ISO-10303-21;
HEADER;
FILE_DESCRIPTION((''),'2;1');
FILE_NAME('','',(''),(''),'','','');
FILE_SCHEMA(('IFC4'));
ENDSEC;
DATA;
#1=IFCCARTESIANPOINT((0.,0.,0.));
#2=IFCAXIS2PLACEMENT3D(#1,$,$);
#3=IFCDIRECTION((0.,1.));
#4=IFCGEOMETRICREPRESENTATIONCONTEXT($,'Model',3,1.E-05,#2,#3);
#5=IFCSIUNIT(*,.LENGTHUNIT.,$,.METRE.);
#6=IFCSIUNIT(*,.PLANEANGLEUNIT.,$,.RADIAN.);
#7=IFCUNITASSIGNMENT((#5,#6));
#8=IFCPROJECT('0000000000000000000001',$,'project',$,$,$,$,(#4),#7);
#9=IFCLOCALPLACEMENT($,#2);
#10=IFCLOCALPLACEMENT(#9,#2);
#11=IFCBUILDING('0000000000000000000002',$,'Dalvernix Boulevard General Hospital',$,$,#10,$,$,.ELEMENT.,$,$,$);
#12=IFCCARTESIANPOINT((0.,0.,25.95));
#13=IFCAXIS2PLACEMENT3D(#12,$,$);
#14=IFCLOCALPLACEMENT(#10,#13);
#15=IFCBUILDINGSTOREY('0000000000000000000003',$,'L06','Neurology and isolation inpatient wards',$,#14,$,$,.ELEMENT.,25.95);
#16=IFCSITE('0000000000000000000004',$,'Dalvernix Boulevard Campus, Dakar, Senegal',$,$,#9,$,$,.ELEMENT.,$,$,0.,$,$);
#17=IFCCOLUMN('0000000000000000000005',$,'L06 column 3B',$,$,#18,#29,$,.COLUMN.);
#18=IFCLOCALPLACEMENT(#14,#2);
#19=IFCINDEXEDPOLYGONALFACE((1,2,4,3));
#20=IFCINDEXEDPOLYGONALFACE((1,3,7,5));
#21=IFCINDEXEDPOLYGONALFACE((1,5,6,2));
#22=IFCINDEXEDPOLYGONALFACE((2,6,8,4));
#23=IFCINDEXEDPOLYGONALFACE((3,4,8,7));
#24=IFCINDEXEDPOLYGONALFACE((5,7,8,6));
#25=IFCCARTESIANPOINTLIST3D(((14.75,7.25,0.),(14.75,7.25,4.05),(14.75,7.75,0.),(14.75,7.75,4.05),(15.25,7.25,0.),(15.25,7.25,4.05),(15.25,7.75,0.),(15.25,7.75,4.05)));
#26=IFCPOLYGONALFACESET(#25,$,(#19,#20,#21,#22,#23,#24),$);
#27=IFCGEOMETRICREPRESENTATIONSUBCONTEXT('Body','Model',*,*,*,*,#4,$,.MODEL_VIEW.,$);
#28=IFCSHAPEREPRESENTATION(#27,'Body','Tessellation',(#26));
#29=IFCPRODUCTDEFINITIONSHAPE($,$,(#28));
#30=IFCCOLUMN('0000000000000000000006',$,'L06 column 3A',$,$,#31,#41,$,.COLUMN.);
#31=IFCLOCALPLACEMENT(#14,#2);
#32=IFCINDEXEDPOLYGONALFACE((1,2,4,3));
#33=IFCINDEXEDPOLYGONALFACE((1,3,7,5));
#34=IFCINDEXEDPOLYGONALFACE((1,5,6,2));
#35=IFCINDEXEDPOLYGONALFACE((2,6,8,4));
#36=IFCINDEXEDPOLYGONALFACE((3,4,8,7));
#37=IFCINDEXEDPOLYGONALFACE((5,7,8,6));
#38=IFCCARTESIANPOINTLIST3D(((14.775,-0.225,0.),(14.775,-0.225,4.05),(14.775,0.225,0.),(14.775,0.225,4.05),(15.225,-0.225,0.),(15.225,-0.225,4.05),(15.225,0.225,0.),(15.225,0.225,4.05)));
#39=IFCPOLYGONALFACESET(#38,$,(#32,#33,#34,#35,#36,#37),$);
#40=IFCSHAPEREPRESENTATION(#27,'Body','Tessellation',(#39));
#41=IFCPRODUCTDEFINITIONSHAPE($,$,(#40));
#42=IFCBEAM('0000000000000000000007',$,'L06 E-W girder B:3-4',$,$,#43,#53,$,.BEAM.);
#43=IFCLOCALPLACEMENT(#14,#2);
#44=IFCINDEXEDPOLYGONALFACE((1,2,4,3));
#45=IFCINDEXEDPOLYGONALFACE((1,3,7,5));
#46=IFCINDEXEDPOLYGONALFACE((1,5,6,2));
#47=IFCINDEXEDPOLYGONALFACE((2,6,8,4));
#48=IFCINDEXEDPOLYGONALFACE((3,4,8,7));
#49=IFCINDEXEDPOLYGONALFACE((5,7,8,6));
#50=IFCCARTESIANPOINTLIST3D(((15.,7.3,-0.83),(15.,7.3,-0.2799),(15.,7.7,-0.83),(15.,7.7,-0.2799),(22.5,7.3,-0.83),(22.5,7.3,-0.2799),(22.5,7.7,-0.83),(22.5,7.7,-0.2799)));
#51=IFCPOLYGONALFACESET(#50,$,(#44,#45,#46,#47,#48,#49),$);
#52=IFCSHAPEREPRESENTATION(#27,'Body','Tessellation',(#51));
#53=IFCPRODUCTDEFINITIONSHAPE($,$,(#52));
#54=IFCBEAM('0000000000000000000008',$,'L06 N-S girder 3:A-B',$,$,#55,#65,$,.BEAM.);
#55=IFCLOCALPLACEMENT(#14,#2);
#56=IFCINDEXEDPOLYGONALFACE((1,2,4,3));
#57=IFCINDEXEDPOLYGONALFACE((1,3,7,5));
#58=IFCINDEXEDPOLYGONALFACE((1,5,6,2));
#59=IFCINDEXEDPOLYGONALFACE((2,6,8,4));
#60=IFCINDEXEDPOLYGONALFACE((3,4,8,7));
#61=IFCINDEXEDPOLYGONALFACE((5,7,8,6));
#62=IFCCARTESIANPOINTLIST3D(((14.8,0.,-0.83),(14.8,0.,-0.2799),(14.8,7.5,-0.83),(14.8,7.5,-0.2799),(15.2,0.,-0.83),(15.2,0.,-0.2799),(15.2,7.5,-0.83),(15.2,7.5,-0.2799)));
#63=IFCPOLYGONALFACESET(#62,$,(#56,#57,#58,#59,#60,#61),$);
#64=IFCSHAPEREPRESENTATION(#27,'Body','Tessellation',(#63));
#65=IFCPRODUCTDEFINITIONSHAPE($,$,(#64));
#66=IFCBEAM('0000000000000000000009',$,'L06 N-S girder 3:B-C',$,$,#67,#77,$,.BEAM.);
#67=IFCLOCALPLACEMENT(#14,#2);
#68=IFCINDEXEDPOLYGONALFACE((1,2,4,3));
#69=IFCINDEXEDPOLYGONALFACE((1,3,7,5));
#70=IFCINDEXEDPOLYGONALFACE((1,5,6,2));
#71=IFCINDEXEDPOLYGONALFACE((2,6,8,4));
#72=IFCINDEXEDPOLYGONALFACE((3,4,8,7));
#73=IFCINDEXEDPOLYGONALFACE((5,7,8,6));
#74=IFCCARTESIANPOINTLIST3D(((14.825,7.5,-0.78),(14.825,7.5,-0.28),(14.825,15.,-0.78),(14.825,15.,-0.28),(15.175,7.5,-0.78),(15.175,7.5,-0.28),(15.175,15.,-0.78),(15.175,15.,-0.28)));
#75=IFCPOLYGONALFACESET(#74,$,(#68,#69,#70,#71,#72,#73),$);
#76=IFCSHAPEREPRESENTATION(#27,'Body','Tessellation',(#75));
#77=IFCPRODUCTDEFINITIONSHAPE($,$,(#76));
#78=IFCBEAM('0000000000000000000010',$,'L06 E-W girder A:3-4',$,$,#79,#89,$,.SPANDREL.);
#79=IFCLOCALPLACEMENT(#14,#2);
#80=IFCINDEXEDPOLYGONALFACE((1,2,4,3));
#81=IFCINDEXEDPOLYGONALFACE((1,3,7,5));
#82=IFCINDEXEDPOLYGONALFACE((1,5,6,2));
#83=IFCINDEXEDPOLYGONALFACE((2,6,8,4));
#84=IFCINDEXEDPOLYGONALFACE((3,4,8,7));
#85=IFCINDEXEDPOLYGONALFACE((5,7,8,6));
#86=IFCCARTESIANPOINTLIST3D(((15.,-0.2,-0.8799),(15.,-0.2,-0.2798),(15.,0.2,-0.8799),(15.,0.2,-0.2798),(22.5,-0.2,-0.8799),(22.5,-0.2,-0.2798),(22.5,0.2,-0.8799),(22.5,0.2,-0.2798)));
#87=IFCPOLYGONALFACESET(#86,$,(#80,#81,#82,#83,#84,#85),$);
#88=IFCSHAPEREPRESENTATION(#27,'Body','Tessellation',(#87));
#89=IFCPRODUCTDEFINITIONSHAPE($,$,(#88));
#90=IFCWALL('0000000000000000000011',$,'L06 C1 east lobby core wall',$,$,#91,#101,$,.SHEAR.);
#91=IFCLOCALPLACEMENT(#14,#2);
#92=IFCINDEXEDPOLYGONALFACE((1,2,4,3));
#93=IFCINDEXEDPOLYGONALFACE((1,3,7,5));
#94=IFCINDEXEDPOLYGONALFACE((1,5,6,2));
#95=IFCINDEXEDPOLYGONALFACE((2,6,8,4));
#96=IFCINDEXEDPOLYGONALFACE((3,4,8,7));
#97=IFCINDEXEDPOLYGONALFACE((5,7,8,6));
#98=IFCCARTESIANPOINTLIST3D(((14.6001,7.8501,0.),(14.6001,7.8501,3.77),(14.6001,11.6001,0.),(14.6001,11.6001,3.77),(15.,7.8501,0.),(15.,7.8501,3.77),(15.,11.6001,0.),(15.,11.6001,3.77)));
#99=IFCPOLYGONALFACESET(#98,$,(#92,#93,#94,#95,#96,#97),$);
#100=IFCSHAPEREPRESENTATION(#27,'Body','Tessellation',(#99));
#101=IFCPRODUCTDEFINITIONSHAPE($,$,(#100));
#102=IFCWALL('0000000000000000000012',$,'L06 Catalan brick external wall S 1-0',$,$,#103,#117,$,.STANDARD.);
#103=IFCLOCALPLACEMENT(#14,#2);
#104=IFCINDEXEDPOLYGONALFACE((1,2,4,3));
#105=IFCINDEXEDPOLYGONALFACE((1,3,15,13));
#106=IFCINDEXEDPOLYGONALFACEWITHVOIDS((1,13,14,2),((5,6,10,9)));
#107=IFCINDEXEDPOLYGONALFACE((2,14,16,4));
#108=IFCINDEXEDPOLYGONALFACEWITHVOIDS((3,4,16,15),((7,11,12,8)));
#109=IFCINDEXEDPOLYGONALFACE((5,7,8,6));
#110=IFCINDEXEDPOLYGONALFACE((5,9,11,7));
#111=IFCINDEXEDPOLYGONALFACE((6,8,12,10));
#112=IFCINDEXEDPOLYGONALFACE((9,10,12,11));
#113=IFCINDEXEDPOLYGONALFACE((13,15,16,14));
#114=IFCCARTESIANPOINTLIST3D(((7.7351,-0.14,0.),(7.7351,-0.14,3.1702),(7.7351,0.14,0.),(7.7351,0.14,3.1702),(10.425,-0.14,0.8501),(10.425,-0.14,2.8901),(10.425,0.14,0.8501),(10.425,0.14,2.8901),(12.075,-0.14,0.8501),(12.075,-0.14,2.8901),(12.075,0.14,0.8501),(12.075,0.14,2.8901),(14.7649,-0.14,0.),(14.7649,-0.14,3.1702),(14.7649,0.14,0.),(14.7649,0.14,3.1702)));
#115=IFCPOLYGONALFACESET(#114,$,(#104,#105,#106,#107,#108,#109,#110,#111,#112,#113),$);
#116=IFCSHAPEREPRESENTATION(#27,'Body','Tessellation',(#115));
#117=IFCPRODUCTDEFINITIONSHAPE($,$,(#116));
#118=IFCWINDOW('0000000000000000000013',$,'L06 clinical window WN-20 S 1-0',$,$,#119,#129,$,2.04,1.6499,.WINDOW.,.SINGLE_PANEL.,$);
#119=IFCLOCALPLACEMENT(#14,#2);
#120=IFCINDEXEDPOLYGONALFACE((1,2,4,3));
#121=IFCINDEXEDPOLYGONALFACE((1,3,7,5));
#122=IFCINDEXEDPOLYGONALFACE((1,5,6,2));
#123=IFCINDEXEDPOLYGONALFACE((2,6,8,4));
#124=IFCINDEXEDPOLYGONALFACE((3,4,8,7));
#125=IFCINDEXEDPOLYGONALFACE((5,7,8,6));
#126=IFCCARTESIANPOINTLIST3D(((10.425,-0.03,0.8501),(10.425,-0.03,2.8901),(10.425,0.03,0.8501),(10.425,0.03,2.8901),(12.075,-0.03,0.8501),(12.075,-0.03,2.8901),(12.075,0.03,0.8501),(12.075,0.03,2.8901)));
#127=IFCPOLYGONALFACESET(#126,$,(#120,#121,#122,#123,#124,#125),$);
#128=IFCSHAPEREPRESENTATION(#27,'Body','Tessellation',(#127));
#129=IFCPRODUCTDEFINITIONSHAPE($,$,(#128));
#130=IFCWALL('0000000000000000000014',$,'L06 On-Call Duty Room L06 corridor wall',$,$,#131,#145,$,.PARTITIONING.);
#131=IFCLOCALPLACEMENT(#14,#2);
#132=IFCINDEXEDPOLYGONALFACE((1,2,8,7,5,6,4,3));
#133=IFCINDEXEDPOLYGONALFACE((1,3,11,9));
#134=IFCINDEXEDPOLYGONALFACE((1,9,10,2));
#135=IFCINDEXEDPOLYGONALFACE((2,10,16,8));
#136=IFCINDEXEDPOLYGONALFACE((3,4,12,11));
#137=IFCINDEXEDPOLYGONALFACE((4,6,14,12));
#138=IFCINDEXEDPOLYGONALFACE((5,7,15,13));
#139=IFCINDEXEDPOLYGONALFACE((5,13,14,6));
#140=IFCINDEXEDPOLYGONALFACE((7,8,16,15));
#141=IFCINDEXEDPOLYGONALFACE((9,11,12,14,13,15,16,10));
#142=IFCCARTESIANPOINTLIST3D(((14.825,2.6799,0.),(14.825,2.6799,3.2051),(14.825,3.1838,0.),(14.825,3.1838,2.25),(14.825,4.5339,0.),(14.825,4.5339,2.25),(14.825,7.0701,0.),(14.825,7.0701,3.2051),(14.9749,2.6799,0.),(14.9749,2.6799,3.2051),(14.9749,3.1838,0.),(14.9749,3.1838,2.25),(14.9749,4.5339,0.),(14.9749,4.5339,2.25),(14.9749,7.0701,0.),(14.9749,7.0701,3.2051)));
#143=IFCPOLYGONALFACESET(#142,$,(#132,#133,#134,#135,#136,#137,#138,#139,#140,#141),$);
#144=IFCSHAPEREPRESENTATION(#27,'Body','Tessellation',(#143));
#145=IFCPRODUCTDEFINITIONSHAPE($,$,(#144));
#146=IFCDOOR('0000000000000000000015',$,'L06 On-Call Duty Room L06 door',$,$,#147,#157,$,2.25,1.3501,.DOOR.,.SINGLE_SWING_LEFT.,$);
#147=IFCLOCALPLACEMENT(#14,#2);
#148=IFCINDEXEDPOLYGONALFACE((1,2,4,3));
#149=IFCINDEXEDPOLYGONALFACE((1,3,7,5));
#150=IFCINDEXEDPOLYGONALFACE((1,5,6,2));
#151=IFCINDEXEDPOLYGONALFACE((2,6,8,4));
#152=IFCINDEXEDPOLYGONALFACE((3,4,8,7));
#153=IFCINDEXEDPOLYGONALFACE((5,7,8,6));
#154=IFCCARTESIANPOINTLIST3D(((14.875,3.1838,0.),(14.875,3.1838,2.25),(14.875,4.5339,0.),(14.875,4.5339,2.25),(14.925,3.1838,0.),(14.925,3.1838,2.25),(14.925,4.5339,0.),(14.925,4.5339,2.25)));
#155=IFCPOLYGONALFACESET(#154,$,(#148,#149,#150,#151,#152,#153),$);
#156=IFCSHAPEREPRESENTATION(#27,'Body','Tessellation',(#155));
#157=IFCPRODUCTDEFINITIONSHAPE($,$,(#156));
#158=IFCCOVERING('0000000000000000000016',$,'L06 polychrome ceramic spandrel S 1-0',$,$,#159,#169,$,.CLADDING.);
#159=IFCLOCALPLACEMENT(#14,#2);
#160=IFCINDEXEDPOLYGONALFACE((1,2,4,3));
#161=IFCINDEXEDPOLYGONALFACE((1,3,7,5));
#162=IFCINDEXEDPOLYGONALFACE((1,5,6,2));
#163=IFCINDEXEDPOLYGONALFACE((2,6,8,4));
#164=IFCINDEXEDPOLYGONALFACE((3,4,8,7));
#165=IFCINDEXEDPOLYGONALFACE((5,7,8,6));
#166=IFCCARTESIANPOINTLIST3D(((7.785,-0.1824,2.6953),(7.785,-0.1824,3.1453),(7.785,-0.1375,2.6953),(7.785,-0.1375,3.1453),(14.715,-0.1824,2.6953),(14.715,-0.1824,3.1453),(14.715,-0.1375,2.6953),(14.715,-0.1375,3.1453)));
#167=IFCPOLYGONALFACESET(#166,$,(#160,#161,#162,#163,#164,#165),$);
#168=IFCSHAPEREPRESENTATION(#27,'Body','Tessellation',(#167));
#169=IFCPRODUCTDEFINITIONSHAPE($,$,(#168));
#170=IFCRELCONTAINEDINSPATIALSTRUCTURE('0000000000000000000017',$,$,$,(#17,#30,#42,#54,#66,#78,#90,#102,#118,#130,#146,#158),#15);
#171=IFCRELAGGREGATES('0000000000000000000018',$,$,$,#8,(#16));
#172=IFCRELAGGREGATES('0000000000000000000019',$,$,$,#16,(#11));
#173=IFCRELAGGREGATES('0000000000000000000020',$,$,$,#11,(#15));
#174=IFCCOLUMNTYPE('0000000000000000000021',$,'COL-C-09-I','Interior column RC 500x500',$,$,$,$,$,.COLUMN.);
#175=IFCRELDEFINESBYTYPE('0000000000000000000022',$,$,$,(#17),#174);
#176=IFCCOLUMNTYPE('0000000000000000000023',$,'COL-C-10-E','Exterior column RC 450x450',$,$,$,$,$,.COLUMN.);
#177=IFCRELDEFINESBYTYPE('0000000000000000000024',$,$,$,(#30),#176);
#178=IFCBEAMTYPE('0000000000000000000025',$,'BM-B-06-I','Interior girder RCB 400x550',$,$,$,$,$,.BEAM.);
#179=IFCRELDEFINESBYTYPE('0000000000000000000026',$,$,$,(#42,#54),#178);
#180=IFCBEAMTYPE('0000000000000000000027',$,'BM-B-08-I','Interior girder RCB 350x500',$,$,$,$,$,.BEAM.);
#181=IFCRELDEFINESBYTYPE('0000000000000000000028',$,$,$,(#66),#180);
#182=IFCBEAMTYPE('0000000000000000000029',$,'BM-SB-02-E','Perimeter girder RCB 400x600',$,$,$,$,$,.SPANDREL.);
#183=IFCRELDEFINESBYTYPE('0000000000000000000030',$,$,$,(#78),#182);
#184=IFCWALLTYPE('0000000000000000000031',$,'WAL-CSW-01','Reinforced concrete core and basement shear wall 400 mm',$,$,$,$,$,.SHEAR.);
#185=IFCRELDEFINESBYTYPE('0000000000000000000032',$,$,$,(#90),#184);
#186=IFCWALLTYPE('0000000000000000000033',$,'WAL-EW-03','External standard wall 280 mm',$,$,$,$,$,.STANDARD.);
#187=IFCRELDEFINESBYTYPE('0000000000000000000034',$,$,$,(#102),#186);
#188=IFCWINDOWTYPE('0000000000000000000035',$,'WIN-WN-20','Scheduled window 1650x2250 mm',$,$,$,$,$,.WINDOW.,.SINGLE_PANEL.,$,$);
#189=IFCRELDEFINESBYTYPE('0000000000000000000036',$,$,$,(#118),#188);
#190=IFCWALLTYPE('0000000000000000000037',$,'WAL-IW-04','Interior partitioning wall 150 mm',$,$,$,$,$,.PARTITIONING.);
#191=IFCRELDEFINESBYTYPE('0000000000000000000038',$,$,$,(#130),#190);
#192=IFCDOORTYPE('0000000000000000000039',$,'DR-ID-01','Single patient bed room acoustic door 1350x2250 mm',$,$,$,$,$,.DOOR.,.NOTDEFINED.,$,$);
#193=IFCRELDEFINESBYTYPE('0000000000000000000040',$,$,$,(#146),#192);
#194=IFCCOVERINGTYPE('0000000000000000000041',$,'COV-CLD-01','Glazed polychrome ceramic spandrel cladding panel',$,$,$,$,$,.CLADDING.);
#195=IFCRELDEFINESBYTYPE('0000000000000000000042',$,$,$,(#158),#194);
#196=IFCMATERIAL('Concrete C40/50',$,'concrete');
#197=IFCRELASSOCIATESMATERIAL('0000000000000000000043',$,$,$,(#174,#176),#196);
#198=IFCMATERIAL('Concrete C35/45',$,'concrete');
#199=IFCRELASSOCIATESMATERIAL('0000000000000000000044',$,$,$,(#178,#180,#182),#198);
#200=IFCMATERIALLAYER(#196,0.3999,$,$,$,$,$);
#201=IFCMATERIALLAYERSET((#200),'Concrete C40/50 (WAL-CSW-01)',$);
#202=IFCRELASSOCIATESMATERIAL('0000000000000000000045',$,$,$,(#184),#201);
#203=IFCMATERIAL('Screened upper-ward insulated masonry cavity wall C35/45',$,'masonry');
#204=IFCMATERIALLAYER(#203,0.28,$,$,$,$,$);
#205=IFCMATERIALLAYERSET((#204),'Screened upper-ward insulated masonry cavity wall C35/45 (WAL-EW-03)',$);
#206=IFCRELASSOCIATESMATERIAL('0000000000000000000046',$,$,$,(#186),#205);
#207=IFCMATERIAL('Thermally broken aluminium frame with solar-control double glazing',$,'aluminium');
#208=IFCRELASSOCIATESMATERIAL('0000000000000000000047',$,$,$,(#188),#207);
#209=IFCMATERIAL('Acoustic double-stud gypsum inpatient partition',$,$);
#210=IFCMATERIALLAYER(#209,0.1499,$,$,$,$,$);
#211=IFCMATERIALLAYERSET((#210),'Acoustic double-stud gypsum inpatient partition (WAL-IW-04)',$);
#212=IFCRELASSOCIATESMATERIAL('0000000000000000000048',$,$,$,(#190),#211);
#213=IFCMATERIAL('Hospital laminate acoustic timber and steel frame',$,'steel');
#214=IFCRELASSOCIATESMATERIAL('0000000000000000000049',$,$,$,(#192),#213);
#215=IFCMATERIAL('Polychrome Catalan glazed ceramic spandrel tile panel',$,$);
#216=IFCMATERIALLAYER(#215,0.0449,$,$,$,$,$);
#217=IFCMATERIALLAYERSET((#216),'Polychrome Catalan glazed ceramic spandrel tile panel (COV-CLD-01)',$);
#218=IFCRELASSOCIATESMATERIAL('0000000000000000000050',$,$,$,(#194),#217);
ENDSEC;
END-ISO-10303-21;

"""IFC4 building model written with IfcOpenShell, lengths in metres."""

from ifc_helpers import new_model, si_unit, direction, frame, frame_2d, origin, origin_2d, place, context, subcontext, project, spatial, rectangle, extrude, material, layer, layer_set, material_profile, profile_set, type_object, element, fill, save


model = new_model("IFC4")

# Units and contexts
model_context = context("Model", 3, precision=1e-05, world=origin(), true_north=direction((0.0, 1.0)))
body_context = subcontext(model_context, "Body", "Model", "MODEL_VIEW")
ifc_project = project(units=[si_unit("LENGTHUNIT", "METRE"), si_unit("PLANEANGLEUNIT", "RADIAN")], contexts=[model_context])

# Site, building, storey
site_placement = place(None, origin())
site = spatial("IfcSite", under=ifc_project, at=site_placement, Name="Dalvernix Boulevard Campus, Dakar, Senegal", CompositionType="ELEMENT", RefElevation=0.0)
building_placement = place(site_placement, origin())
building = spatial("IfcBuilding", under=site, at=building_placement, Name="Dalvernix Boulevard General Hospital", CompositionType="ELEMENT")
storey_placement = place(building_placement, frame((0.0, 0.0, 25.95)))
storey = spatial("IfcBuildingStorey", under=building, at=storey_placement, Name="L06", Description="Neurology and isolation inpatient wards", CompositionType="ELEMENT", Elevation=25.95)

# Columns
ifc_material_1 = material(Name="Concrete C40/50", Category="concrete")
ifc_material_profile_1 = material_profile(ifc_material_1, rectangle(XDim=0.5, YDim=0.5, at=origin_2d()), Name="RC 500x500")
ifc_profile_set_1 = profile_set([ifc_material_profile_1], Name="Concrete C40/50")
column_type_1 = type_object("IfcColumnType", Name="COL-C-09-I", Description="Interior column RC 500x500", PredefinedType="COLUMN", material=ifc_profile_set_1)
column_1_placement = place(storey_placement, frame((15.0, 7.5, 0.0), z_axis=(0.0, 0.0, 1.0), x_axis=(1.0, 0.0, 0.0)))
element("IfcColumn", 1, at=column_1_placement, inside=storey, type_object=column_type_1, Name="L06 column 3B", PredefinedType="COLUMN", context=body_context, shape_type="SweptSolid", body=[
    extrude(rectangle(XDim=0.5, YDim=0.5, at=origin_2d()), origin(), (0.0, 0.0, 1.0), 4.05),
])
ifc_material_profile_2 = material_profile(ifc_material_1, rectangle(XDim=0.45, YDim=0.45, at=origin_2d()), Name="RC 450x450")
ifc_profile_set_2 = profile_set([ifc_material_profile_2], Name="Concrete C40/50")
column_type_2 = type_object("IfcColumnType", Name="COL-C-10-E", Description="Exterior column RC 450x450", PredefinedType="COLUMN", material=ifc_profile_set_2)
column_2_placement = place(storey_placement, frame((15.0, 0.0, 0.0), z_axis=(0.0, 0.0, 1.0), x_axis=(1.0, 0.0, 0.0)))
element("IfcColumn", 2, at=column_2_placement, inside=storey, type_object=column_type_2, Name="L06 column 3A", PredefinedType="COLUMN", context=body_context, shape_type="SweptSolid", body=[
    extrude(rectangle(XDim=0.45, YDim=0.45, at=origin_2d()), origin(), (0.0, 0.0, 1.0), 4.05),
])

# Beams
ifc_material_2 = material(Name="Concrete C35/45", Category="concrete")
ifc_material_profile_3 = material_profile(ifc_material_2, rectangle(XDim=0.3999, YDim=0.55, at=origin_2d()), Name="RCB 400x550")
ifc_profile_set_3 = profile_set([ifc_material_profile_3], Name="Concrete C35/45")
beam_type_1 = type_object("IfcBeamType", Name="BM-B-06-I", Description="Interior girder RCB 400x550", PredefinedType="BEAM", material=ifc_profile_set_3)
for number, where, z_axis, x_axis, name in (
    (3, (15.0, 7.5, -0.5549), (1.0, 0.0, 0.0), (0.0, 1.0, 0.0), "L06 E-W girder B:3-4"),
    (4, (15.0, 0.0, -0.5549), (0.0, 1.0, 0.0), (-1.0, 0.0, 0.0), "L06 N-S girder 3:A-B"),
):
    element("IfcBeam", number, at=place(storey_placement, frame(where, z_axis=z_axis, x_axis=x_axis)), inside=storey, type_object=beam_type_1, Name=name, PredefinedType="BEAM", context=body_context, shape_type="SweptSolid", body=[
        extrude(rectangle(XDim=0.3999, YDim=0.55, at=origin_2d()), origin(), (0.0, 0.0, 1.0), 7.5),
    ])
ifc_material_profile_4 = material_profile(ifc_material_2, rectangle(XDim=0.3501, YDim=0.5, at=origin_2d()), Name="RCB 350x500")
ifc_profile_set_4 = profile_set([ifc_material_profile_4], Name="Concrete C35/45")
beam_type_2 = type_object("IfcBeamType", Name="BM-B-08-I", Description="Interior girder RCB 350x500", PredefinedType="BEAM", material=ifc_profile_set_4)
beam_1_placement = place(storey_placement, frame((15.0, 7.5, -0.53), z_axis=(0.0, 1.0, 0.0), x_axis=(-1.0, 0.0, 0.0)))
element("IfcBeam", 5, at=beam_1_placement, inside=storey, type_object=beam_type_2, Name="L06 N-S girder 3:B-C", PredefinedType="BEAM", context=body_context, shape_type="SweptSolid", body=[
    extrude(rectangle(XDim=0.3501, YDim=0.5, at=origin_2d()), origin(), (0.0, 0.0, 1.0), 7.5),
])
ifc_material_profile_5 = material_profile(ifc_material_2, rectangle(XDim=0.3999, YDim=0.6001, at=origin_2d()), Name="RCB 400x600")
ifc_profile_set_5 = profile_set([ifc_material_profile_5], Name="Concrete C35/45")
beam_type_3 = type_object("IfcBeamType", Name="BM-SB-02-E", Description="Perimeter girder RCB 400x600", PredefinedType="SPANDREL", material=ifc_profile_set_5)
beam_2_placement = place(storey_placement, frame((15.0, 0.0, -0.5798), z_axis=(1.0, 0.0, 0.0), x_axis=(0.0, 1.0, 0.0)))
element("IfcBeam", 6, at=beam_2_placement, inside=storey, type_object=beam_type_3, Name="L06 E-W girder A:3-4", PredefinedType="SPANDREL", context=body_context, shape_type="SweptSolid", body=[
    extrude(rectangle(XDim=0.3999, YDim=0.6001, at=origin_2d()), origin(), (0.0, 0.0, 1.0), 7.5),
])

# Wall
ifc_layer_1 = layer(ifc_material_1, 0.3999)
ifc_layer_set_1 = layer_set([ifc_layer_1], Name="Concrete C40/50 (WAL-CSW-01)")
wall_type_1 = type_object("IfcWallType", Name="WAL-CSW-01", Description="Reinforced concrete core and basement shear wall 400 mm", PredefinedType="SHEAR", material=ifc_layer_set_1)
wall_1_placement = place(storey_placement, frame((14.8, 7.8501, 0.0), z_axis=(0.0, 0.0, 1.0), x_axis=(0.0, 1.0, 0.0)))
element("IfcWall", 7, at=wall_1_placement, inside=storey, type_object=wall_type_1, Name="L06 C1 east lobby core wall", PredefinedType="SHEAR", context=body_context, shape_type="SweptSolid", body=[
    extrude(rectangle(XDim=3.75, YDim=0.3999, at=frame_2d((1.875, 0.0))), origin(), (0.0, 0.0, 1.0), 3.77),
])

# Wall, opening, window
ifc_material_3 = material(Name="Screened upper-ward insulated masonry cavity wall C35/45", Category="masonry")
ifc_layer_2 = layer(ifc_material_3, 0.28)
ifc_layer_set_2 = layer_set([ifc_layer_2], Name="Screened upper-ward insulated masonry cavity wall C35/45 (WAL-EW-03)")
wall_type_2 = type_object("IfcWallType", Name="WAL-EW-03", Description="External standard wall 280 mm", PredefinedType="STANDARD", material=ifc_layer_set_2)
wall_2_placement = place(storey_placement, frame((14.7649, 0.0, 0.0), z_axis=(0.0, 0.0, 1.0), x_axis=(-1.0, 0.0, 0.0)))
wall_2 = element("IfcWall", 8, at=wall_2_placement, inside=storey, type_object=wall_type_2, Name="L06 Catalan brick external wall S 1-0", PredefinedType="STANDARD", context=body_context, shape_type="SweptSolid", body=[
    extrude(rectangle(XDim=7.0298, YDim=0.28, at=frame_2d((3.5149, 0.0))), origin(), (0.0, 0.0, 1.0), 3.1702),
])
opening_1_placement = place(wall_2_placement, frame((2.6899, 0.0, 0.8501)))
opening_1 = element("IfcOpeningElement", 9, at=opening_1_placement, cuts=wall_2, PredefinedType="OPENING", context=body_context, shape_type="SweptSolid", body=[
    extrude(rectangle(XDim=1.6499, YDim=2.04, at=frame_2d((0.825, 1.02))), frame((0.0, 0.1499, 0.0), z_axis=(0.0, -1.0, 0.0), x_axis=(1.0, 0.0, 0.0)), (0.0, 0.0, 1.0), 0.3),
])
ifc_material_4 = material(Name="Thermally broken aluminium frame with solar-control double glazing", Category="aluminium")
window_type = type_object("IfcWindowType", Name="WIN-WN-20", Description="Scheduled window 1650x2250 mm", PartitioningType="SINGLE_PANEL", PredefinedType="WINDOW", material=ifc_material_4)
window_placement = place(opening_1_placement, origin())
window = element("IfcWindow", 10, at=window_placement, inside=storey, type_object=window_type, Name="L06 clinical window WN-20 S 1-0", OverallHeight=2.04, OverallWidth=1.6499, PartitioningType="SINGLE_PANEL", PredefinedType="WINDOW", context=body_context, shape_type="SweptSolid", body=[
    extrude(rectangle(XDim=1.6499, YDim=2.04, at=frame_2d((0.825, 1.02))), frame((0.0, 0.03, 0.0), z_axis=(0.0, -1.0, 0.0), x_axis=(1.0, 0.0, 0.0)), (0.0, 0.0, 1.0), 0.0601),
])
fill(opening_1, window)

# Wall, opening, door
ifc_material_5 = material(Name="Acoustic double-stud gypsum inpatient partition")
ifc_layer_3 = layer(ifc_material_5, 0.1499)
ifc_layer_set_3 = layer_set([ifc_layer_3], Name="Acoustic double-stud gypsum inpatient partition (WAL-IW-04)")
wall_type_3 = type_object("IfcWallType", Name="WAL-IW-04", Description="Interior partitioning wall 150 mm", PredefinedType="PARTITIONING", material=ifc_layer_set_3)
wall_3_placement = place(storey_placement, frame((14.8999, 2.6799, 0.0), z_axis=(0.0, 0.0, 1.0), x_axis=(0.0, 1.0, 0.0)))
wall_3 = element("IfcWall", 11, at=wall_3_placement, inside=storey, type_object=wall_type_3, Name="L06 On-Call Duty Room L06 corridor wall", PredefinedType="PARTITIONING", context=body_context, shape_type="SweptSolid", body=[
    extrude(rectangle(XDim=4.3901, YDim=0.1499, at=frame_2d((2.1951, 0.0))), origin(), (0.0, 0.0, 1.0), 3.2051),
])
opening_2_placement = place(wall_3_placement, frame((0.5039, 0.0, 0.0)))
opening_2 = element("IfcOpeningElement", 12, at=opening_2_placement, cuts=wall_3, PredefinedType="OPENING", context=body_context, shape_type="SweptSolid", body=[
    extrude(rectangle(XDim=1.3501, YDim=2.25, at=frame_2d((0.675, 1.125))), frame((0.0, 0.085, 0.0), z_axis=(0.0, -1.0, 0.0), x_axis=(1.0, 0.0, 0.0)), (0.0, 0.0, 1.0), 0.1699),
])
ifc_material_6 = material(Name="Hospital laminate acoustic timber and steel frame", Category="steel")
door_type_1 = type_object("IfcDoorType", Name="DR-ID-01", Description="Single patient bed room acoustic door 1350x2250 mm", OperationType="NOTDEFINED", PredefinedType="DOOR", material=ifc_material_6)
door_1_placement = place(opening_2_placement, origin())
door_1 = element("IfcDoor", 13, at=door_1_placement, inside=storey, type_object=door_type_1, Name="L06 On-Call Duty Room L06 door", OperationType="SINGLE_SWING_LEFT", OverallHeight=2.25, OverallWidth=1.3501, PredefinedType="DOOR", context=body_context, shape_type="SweptSolid", body=[
    extrude(rectangle(XDim=1.3501, YDim=2.25, at=frame_2d((0.675, 1.125))), frame((0.0, 0.0249, 0.0), z_axis=(0.0, -1.0, 0.0), x_axis=(1.0, 0.0, 0.0)), (0.0, 0.0, 1.0), 0.05),
])
fill(opening_2, door_1)

# Covering
ifc_material_7 = material(Name="Polychrome Catalan glazed ceramic spandrel tile panel")
ifc_layer_4 = layer(ifc_material_7, 0.0449)
ifc_layer_set_4 = layer_set([ifc_layer_4], Name="Polychrome Catalan glazed ceramic spandrel tile panel (COV-CLD-01)")
covering_type_1 = type_object("IfcCoveringType", Name="COV-CLD-01", Description="Glazed polychrome ceramic spandrel cladding panel", PredefinedType="CLADDING", material=ifc_layer_set_4)
covering_placement = place(storey_placement, frame((11.25, -0.1599, 2.6953), z_axis=(0.0, 0.0, 1.0), x_axis=(-1.0, 0.0, 0.0)))
element("IfcCovering", 14, at=covering_placement, inside=storey, type_object=covering_type_1, Name="L06 polychrome ceramic spandrel S 1-0", PredefinedType="CLADDING", context=body_context, shape_type="SweptSolid", body=[
    extrude(rectangle(XDim=6.9299, YDim=0.0449, at=origin_2d()), origin(), (0.0, 0.0, 1.0), 0.45),
])

save(model, "model.ifc")
